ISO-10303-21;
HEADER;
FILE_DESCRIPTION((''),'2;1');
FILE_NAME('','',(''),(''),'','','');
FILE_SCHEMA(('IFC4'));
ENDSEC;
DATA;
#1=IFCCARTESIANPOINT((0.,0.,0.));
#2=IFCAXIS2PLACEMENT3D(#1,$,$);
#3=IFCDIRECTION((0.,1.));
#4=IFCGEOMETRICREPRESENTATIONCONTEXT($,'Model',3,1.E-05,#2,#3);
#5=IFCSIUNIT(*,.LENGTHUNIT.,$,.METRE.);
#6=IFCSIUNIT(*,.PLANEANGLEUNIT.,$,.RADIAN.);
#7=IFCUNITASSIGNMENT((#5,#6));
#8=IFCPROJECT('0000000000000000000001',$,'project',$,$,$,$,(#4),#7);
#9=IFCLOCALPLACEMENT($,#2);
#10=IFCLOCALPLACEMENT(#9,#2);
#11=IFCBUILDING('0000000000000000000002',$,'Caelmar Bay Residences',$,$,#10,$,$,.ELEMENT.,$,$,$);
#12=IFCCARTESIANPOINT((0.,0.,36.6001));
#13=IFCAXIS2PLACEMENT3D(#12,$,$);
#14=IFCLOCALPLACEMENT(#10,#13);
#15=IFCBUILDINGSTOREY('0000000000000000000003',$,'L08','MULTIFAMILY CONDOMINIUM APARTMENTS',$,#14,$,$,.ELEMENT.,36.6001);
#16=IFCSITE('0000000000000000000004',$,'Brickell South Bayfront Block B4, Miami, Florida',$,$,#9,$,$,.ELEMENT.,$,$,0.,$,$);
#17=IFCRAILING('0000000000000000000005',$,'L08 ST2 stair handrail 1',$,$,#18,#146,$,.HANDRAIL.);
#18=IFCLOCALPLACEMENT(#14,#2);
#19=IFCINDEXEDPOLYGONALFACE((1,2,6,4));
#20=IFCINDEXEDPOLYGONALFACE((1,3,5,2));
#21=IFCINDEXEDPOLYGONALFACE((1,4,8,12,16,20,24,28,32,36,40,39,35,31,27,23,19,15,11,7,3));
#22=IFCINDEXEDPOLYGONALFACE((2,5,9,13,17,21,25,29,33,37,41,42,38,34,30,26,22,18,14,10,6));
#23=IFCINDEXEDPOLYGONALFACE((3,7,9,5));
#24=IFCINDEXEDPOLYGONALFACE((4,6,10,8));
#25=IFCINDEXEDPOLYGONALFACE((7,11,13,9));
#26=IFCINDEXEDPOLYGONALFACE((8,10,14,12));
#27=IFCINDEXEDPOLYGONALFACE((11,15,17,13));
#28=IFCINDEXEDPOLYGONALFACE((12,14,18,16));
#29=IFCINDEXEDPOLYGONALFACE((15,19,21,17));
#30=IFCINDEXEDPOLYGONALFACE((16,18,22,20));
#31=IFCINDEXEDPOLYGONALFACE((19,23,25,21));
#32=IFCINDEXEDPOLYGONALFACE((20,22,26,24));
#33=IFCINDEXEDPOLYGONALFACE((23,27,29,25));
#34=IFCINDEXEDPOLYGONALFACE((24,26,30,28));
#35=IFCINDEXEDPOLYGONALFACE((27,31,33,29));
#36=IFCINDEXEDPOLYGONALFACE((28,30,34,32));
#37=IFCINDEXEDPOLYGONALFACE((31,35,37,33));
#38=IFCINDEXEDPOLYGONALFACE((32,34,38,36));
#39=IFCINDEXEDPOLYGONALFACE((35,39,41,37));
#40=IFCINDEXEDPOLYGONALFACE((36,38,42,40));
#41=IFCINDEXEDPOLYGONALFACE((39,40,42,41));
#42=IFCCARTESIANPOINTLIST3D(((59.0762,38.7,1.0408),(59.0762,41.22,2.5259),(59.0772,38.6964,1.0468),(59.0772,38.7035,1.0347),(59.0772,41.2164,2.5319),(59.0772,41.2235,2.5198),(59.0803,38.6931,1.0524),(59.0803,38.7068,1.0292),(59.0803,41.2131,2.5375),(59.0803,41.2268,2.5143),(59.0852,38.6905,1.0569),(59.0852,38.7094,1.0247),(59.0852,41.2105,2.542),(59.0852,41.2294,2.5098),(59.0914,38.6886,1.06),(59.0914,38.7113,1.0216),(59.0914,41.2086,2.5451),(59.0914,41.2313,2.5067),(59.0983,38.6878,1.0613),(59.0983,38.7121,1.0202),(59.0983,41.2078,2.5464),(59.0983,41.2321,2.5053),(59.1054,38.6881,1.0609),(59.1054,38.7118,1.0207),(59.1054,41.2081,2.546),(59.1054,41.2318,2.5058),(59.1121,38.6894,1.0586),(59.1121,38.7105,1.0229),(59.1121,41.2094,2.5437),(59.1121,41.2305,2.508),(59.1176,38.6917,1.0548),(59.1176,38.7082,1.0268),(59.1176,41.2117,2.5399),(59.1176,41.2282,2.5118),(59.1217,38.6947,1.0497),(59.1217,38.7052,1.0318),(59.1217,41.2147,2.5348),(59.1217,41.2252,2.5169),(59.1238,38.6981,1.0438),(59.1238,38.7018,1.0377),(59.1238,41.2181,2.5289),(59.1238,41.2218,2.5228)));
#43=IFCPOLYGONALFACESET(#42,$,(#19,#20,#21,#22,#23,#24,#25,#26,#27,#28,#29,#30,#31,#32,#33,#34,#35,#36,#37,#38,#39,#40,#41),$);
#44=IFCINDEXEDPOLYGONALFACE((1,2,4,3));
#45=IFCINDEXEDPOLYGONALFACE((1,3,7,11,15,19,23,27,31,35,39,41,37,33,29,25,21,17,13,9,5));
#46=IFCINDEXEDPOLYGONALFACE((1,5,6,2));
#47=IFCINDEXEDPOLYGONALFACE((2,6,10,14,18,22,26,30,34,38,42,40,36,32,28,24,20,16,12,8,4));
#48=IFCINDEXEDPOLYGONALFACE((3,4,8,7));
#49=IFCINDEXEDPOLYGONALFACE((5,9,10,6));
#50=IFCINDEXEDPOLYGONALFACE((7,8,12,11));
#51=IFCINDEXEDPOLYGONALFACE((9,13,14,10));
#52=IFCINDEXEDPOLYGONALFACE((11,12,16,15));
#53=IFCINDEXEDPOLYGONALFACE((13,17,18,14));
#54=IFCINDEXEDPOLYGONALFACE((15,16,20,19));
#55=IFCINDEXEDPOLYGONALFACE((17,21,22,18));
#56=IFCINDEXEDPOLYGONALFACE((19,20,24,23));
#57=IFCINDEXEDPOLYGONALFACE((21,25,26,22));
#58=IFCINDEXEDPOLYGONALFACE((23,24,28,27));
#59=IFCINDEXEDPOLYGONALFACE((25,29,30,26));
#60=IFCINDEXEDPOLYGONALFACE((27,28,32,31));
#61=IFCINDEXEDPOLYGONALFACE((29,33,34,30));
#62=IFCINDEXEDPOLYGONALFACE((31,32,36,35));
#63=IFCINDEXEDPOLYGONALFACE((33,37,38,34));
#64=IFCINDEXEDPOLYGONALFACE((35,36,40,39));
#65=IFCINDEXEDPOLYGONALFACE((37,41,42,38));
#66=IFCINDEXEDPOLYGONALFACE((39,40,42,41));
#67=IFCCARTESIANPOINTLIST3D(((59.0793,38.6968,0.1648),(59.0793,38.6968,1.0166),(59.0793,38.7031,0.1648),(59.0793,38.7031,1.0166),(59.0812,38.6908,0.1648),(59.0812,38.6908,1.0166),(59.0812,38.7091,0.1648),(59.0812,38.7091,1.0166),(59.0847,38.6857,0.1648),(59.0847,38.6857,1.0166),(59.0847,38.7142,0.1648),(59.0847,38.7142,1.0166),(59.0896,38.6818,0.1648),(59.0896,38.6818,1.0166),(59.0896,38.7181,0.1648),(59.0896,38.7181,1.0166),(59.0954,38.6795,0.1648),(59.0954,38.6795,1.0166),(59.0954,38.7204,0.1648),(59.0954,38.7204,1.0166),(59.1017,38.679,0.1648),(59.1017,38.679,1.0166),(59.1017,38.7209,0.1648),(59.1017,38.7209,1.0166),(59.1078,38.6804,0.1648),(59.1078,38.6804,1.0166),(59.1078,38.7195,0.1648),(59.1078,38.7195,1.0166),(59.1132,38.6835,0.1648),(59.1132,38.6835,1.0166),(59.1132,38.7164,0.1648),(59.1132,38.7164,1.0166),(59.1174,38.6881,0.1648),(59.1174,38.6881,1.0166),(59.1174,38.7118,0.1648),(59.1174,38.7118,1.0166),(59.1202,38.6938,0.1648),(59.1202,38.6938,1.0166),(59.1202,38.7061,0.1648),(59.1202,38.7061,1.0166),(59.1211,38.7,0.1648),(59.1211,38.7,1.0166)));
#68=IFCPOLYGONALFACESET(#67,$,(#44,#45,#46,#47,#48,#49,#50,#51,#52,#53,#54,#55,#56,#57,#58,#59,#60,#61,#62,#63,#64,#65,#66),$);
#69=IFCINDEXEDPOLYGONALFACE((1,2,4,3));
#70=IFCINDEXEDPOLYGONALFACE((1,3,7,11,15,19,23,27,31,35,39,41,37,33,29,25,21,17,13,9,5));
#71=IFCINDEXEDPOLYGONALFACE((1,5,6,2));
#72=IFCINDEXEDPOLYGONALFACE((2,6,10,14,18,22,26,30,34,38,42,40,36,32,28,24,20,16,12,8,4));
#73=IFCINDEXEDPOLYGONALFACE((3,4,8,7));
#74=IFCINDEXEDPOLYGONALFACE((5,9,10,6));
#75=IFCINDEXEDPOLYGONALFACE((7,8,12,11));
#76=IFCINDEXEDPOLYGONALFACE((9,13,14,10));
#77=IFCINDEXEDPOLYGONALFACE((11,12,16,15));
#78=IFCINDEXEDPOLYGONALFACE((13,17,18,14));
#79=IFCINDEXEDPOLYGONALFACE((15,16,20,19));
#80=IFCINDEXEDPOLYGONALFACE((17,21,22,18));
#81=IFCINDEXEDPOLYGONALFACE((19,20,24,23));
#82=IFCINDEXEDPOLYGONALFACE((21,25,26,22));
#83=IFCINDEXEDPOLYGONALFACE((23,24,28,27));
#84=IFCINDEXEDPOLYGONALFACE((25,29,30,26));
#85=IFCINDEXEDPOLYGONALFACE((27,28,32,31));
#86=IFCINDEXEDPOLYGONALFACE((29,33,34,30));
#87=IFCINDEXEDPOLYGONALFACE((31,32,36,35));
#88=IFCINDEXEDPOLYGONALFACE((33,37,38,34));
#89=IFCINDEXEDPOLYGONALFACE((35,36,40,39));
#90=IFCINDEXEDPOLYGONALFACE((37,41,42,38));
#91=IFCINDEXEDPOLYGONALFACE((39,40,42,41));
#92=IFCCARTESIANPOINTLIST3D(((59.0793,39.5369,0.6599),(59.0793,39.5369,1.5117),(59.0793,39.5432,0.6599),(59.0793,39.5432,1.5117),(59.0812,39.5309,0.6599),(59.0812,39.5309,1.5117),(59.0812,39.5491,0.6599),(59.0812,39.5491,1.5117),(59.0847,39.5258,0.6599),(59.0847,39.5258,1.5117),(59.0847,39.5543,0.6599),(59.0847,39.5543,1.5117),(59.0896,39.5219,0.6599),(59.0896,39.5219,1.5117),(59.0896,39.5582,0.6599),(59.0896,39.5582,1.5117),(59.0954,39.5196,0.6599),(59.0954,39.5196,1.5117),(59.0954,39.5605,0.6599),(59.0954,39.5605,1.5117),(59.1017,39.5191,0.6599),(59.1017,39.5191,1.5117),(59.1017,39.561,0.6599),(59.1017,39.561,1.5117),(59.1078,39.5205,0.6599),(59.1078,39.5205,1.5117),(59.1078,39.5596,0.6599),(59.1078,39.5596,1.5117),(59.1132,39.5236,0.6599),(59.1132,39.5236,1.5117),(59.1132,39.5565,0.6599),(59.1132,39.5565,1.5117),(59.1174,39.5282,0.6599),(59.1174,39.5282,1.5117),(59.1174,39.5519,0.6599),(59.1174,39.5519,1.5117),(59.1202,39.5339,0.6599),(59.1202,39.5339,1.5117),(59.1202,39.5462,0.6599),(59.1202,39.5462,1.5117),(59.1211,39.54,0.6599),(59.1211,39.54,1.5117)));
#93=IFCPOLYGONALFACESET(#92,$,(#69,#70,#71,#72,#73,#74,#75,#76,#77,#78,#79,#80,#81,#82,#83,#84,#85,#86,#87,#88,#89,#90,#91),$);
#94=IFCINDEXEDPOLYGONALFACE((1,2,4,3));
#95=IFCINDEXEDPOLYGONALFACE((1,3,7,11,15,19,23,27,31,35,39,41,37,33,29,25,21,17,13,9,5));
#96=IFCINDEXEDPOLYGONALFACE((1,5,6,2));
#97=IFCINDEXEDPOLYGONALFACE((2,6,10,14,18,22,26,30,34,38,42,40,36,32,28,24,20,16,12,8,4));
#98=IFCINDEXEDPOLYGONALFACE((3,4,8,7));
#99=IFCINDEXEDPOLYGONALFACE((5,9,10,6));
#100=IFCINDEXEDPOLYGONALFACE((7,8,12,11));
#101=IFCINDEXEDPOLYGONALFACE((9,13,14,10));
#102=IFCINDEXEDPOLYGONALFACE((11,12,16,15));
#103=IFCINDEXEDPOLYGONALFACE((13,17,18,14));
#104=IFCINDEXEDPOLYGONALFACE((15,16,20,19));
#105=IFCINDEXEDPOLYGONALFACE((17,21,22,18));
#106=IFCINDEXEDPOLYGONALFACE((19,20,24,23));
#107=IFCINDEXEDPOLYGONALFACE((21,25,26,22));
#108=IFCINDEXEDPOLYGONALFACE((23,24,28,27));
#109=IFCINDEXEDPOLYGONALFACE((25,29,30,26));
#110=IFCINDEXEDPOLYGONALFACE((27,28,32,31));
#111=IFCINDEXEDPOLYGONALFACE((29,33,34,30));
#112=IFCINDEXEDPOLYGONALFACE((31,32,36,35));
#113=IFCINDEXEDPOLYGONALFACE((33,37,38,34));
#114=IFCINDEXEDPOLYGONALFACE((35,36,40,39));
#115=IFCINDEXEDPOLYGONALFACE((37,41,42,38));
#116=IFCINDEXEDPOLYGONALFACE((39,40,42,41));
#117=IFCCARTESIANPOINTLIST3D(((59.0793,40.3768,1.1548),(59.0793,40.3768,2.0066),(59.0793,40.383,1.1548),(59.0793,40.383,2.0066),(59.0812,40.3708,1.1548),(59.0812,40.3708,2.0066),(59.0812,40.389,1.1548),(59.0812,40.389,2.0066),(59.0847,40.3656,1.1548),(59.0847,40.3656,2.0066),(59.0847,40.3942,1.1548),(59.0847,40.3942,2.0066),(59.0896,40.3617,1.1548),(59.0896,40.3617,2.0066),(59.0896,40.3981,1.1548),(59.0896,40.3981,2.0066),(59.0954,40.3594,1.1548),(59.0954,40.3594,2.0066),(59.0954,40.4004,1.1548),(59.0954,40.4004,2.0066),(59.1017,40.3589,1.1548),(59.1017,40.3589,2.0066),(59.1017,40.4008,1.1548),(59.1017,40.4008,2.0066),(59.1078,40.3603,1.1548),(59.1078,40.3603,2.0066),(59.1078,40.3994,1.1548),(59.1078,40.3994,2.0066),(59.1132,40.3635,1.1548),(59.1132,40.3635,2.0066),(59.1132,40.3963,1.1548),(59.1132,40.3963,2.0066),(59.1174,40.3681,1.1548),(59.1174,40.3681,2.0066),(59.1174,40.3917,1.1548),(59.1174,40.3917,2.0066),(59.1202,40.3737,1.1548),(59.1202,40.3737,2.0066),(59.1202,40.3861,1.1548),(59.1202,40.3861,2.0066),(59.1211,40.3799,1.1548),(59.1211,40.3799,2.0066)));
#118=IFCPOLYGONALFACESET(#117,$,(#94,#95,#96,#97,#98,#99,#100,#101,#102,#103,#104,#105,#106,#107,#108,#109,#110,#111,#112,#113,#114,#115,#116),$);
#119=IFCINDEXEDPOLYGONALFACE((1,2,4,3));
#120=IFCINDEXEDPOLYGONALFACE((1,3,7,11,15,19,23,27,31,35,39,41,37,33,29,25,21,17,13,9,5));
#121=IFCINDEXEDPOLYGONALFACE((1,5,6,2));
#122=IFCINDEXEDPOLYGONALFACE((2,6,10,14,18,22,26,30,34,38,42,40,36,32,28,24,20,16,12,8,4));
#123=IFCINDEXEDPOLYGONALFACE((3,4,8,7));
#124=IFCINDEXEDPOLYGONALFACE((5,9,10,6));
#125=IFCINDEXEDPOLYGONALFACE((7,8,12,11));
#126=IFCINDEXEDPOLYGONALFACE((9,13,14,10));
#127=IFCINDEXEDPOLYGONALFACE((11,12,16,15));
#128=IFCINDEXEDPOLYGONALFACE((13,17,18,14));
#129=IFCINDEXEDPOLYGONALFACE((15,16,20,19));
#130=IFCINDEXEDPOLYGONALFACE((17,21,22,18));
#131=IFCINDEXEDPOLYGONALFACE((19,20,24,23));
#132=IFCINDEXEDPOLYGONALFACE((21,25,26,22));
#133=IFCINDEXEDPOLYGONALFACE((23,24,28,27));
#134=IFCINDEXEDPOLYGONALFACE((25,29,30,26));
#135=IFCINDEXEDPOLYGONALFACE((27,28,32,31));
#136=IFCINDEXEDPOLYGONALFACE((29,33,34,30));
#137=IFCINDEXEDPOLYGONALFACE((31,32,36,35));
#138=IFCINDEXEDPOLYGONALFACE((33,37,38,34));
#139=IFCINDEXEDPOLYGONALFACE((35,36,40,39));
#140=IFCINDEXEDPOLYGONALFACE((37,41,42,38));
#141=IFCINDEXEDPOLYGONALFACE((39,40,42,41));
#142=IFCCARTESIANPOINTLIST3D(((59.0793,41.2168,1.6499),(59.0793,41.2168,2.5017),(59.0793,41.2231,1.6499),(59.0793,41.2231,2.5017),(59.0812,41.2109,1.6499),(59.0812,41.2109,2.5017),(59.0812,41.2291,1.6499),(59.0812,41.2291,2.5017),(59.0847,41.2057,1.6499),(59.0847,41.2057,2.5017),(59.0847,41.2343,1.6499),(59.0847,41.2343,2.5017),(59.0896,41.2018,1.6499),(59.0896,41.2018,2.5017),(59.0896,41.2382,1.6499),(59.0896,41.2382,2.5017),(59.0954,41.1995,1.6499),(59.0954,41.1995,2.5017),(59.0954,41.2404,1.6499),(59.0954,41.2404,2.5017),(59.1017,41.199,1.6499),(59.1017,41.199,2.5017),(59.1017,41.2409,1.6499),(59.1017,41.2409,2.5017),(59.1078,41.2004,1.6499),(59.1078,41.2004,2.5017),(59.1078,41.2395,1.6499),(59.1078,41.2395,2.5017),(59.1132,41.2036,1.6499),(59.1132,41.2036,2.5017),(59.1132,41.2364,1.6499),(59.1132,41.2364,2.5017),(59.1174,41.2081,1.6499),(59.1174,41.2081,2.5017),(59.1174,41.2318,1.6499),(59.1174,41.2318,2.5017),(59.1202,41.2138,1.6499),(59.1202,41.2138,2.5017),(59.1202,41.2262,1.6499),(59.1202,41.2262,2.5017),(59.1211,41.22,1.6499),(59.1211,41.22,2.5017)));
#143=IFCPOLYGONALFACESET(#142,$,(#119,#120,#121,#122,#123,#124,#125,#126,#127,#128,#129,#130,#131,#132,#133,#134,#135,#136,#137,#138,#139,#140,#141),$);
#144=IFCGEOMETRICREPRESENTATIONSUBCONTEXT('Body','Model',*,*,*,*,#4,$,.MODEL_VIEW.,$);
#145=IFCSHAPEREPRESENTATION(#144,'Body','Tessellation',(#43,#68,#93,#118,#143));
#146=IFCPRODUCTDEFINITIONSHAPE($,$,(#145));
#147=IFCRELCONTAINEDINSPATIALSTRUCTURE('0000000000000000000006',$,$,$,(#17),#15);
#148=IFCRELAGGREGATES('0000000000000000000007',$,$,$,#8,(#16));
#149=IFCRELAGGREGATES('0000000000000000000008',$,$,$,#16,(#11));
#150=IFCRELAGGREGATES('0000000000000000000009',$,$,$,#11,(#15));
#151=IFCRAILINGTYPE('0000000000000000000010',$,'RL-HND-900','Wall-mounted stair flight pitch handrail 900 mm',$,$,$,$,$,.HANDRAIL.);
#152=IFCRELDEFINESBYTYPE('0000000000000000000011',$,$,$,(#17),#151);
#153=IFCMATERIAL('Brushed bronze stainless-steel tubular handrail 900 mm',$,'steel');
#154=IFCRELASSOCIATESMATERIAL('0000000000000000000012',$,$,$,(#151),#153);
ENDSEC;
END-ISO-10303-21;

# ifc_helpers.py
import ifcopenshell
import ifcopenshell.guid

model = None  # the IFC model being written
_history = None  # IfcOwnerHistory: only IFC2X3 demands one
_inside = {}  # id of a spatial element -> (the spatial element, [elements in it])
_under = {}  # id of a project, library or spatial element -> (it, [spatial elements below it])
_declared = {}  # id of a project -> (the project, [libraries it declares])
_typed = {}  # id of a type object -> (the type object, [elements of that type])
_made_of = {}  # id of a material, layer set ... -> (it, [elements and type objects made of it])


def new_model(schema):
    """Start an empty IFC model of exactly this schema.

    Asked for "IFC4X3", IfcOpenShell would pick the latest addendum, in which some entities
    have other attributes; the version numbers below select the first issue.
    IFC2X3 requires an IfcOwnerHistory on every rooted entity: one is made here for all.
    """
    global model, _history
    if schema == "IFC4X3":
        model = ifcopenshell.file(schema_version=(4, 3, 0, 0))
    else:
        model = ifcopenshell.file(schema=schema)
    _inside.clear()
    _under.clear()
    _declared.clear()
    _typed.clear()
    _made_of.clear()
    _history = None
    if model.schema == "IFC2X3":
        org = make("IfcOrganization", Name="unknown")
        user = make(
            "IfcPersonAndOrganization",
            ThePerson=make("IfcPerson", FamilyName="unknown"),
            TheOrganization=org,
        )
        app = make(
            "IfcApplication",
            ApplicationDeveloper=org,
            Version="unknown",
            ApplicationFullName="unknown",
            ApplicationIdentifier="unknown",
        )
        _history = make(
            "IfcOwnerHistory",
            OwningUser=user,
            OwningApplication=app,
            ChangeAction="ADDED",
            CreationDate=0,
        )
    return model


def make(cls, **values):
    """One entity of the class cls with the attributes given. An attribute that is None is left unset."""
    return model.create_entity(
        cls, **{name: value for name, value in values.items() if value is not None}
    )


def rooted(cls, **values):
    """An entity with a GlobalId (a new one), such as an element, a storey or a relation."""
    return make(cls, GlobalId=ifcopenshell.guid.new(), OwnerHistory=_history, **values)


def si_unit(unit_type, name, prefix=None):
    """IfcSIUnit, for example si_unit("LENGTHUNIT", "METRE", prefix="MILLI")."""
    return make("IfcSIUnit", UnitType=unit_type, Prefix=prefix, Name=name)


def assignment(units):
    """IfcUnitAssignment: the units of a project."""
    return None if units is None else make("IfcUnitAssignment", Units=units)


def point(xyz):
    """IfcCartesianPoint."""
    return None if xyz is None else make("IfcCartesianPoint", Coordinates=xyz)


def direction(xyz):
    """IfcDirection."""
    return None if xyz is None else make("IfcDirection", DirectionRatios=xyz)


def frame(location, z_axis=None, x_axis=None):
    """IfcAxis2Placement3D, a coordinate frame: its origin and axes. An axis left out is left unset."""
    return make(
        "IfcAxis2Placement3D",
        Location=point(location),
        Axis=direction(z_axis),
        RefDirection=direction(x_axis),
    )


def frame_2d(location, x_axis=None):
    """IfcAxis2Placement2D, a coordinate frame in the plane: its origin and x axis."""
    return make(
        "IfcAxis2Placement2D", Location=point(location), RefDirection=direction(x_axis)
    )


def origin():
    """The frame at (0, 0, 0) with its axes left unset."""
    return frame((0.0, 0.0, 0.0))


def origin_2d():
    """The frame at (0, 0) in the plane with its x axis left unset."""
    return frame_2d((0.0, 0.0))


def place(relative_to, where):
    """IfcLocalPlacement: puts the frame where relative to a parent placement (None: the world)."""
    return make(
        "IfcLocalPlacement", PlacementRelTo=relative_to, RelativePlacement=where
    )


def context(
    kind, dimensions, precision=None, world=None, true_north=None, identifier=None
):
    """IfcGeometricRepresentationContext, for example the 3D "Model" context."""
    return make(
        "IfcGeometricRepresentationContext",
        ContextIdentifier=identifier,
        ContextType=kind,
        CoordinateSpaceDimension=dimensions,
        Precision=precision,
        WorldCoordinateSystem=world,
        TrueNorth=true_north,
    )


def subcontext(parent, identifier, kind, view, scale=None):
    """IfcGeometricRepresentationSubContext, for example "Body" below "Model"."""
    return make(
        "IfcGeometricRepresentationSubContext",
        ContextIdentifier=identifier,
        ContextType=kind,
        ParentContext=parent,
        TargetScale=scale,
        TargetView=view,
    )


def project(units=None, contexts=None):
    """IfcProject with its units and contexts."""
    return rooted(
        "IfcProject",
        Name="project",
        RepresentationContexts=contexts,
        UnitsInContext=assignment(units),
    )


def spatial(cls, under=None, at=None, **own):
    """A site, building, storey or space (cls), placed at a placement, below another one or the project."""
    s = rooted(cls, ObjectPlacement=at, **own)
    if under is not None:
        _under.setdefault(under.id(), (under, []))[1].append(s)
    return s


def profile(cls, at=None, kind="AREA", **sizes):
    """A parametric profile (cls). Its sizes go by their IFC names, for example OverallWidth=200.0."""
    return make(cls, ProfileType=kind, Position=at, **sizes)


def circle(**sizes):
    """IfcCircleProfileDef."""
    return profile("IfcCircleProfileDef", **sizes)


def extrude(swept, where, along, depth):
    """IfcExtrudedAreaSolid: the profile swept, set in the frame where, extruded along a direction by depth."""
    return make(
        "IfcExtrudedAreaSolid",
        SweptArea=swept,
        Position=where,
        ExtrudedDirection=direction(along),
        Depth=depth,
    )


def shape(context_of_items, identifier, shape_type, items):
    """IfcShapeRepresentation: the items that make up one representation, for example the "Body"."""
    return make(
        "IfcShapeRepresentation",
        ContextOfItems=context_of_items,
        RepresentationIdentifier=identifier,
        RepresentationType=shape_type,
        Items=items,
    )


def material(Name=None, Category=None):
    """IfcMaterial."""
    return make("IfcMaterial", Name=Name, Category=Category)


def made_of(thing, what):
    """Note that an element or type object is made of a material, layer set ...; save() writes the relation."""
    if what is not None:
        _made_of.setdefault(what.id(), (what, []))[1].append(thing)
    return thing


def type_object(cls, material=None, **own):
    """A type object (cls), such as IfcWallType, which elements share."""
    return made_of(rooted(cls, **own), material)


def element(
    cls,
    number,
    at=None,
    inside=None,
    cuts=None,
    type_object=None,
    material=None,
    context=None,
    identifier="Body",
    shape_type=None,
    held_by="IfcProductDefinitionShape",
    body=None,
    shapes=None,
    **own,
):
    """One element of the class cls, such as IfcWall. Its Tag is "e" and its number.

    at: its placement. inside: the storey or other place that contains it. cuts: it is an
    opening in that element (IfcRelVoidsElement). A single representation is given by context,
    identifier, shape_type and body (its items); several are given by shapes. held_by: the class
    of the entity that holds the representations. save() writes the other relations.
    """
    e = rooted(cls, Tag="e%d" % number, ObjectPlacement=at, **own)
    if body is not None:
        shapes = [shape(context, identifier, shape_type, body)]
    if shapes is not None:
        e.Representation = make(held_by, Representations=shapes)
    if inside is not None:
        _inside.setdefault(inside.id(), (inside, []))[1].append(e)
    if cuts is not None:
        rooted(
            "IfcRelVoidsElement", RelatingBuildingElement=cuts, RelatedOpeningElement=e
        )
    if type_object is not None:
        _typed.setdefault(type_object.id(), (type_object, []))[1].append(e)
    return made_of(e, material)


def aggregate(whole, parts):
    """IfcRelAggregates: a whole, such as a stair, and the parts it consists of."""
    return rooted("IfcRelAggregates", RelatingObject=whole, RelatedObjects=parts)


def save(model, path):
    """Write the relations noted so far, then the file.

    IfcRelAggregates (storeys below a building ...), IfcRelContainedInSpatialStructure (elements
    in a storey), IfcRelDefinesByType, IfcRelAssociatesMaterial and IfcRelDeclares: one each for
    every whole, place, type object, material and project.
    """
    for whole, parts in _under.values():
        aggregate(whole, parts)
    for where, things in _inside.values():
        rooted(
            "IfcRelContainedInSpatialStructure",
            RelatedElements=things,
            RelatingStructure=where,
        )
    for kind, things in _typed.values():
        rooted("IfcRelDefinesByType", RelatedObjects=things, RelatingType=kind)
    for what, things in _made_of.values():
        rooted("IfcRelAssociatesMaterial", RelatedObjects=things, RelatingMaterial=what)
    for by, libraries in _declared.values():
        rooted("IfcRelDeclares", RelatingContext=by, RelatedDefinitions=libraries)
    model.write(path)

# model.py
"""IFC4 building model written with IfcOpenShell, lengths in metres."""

from ifc_helpers import new_model, si_unit, direction, frame, origin, origin_2d, place, context, subcontext, project, spatial, circle, extrude, material, type_object, element, save


model = new_model("IFC4")

# Units and contexts
model_context = context("Model", 3, precision=1e-05, world=origin(), true_north=direction((0.0, 1.0)))
body_context = subcontext(model_context, "Body", "Model", "MODEL_VIEW")
ifc_project = project(units=[si_unit("LENGTHUNIT", "METRE"), si_unit("PLANEANGLEUNIT", "RADIAN")], contexts=[model_context])

# Site, building, storey
site_placement = place(None, origin())
site = spatial("IfcSite", under=ifc_project, at=site_placement, Name="Brickell South Bayfront Block B4, Miami, Florida", CompositionType="ELEMENT", RefElevation=0.0)
building_placement = place(site_placement, origin())
building = spatial("IfcBuilding", under=site, at=building_placement, Name="Caelmar Bay Residences", CompositionType="ELEMENT")
storey_placement = place(building_placement, frame((0.0, 0.0, 36.6001)))
storey = spatial("IfcBuildingStorey", under=building, at=storey_placement, Name="L08", Description="MULTIFAMILY CONDOMINIUM APARTMENTS", CompositionType="ELEMENT", Elevation=36.6001)

# Railing
ifc_material_1 = material(Name="Brushed bronze stainless-steel tubular handrail 900 mm", Category="steel")
railing_type_1 = type_object("IfcRailingType", Name="RL-HND-900", Description="Wall-mounted stair flight pitch handrail 900 mm", PredefinedType="HANDRAIL", material=ifc_material_1)
railing_1_placement = place(storey_placement, frame((59.1001, 38.7, 0.1648)))
element("IfcRailing", 1, at=railing_1_placement, inside=storey, type_object=railing_type_1, Name="L08 ST2 stair handrail 1", PredefinedType="HANDRAIL", context=body_context, shape_type="SweptSolid", body=[
    extrude(circle(Radius=0.0239, at=origin_2d()), frame((0.0, 0.0, 0.876), z_axis=(0.0, 0.861524, 0.507717), x_axis=(-1.0, 0.0, 0.0)), (0.0, 0.0, 1.0), 2.925),
    extrude(circle(Radius=0.021, at=origin_2d()), origin(), (0.0, 0.0, 1.0), 0.8518),
    extrude(circle(Radius=0.021, at=origin_2d()), frame((0.0, 0.8401, 0.4951)), (0.0, 0.0, 1.0), 0.8518),
    extrude(circle(Radius=0.021, at=origin_2d()), frame((0.0, 1.6799, 0.99)), (0.0, 0.0, 1.0), 0.8518),
    extrude(circle(Radius=0.021, at=origin_2d()), frame((0.0, 2.52, 1.4851)), (0.0, 0.0, 1.0), 0.8518),
])

save(model, "model.ifc")
